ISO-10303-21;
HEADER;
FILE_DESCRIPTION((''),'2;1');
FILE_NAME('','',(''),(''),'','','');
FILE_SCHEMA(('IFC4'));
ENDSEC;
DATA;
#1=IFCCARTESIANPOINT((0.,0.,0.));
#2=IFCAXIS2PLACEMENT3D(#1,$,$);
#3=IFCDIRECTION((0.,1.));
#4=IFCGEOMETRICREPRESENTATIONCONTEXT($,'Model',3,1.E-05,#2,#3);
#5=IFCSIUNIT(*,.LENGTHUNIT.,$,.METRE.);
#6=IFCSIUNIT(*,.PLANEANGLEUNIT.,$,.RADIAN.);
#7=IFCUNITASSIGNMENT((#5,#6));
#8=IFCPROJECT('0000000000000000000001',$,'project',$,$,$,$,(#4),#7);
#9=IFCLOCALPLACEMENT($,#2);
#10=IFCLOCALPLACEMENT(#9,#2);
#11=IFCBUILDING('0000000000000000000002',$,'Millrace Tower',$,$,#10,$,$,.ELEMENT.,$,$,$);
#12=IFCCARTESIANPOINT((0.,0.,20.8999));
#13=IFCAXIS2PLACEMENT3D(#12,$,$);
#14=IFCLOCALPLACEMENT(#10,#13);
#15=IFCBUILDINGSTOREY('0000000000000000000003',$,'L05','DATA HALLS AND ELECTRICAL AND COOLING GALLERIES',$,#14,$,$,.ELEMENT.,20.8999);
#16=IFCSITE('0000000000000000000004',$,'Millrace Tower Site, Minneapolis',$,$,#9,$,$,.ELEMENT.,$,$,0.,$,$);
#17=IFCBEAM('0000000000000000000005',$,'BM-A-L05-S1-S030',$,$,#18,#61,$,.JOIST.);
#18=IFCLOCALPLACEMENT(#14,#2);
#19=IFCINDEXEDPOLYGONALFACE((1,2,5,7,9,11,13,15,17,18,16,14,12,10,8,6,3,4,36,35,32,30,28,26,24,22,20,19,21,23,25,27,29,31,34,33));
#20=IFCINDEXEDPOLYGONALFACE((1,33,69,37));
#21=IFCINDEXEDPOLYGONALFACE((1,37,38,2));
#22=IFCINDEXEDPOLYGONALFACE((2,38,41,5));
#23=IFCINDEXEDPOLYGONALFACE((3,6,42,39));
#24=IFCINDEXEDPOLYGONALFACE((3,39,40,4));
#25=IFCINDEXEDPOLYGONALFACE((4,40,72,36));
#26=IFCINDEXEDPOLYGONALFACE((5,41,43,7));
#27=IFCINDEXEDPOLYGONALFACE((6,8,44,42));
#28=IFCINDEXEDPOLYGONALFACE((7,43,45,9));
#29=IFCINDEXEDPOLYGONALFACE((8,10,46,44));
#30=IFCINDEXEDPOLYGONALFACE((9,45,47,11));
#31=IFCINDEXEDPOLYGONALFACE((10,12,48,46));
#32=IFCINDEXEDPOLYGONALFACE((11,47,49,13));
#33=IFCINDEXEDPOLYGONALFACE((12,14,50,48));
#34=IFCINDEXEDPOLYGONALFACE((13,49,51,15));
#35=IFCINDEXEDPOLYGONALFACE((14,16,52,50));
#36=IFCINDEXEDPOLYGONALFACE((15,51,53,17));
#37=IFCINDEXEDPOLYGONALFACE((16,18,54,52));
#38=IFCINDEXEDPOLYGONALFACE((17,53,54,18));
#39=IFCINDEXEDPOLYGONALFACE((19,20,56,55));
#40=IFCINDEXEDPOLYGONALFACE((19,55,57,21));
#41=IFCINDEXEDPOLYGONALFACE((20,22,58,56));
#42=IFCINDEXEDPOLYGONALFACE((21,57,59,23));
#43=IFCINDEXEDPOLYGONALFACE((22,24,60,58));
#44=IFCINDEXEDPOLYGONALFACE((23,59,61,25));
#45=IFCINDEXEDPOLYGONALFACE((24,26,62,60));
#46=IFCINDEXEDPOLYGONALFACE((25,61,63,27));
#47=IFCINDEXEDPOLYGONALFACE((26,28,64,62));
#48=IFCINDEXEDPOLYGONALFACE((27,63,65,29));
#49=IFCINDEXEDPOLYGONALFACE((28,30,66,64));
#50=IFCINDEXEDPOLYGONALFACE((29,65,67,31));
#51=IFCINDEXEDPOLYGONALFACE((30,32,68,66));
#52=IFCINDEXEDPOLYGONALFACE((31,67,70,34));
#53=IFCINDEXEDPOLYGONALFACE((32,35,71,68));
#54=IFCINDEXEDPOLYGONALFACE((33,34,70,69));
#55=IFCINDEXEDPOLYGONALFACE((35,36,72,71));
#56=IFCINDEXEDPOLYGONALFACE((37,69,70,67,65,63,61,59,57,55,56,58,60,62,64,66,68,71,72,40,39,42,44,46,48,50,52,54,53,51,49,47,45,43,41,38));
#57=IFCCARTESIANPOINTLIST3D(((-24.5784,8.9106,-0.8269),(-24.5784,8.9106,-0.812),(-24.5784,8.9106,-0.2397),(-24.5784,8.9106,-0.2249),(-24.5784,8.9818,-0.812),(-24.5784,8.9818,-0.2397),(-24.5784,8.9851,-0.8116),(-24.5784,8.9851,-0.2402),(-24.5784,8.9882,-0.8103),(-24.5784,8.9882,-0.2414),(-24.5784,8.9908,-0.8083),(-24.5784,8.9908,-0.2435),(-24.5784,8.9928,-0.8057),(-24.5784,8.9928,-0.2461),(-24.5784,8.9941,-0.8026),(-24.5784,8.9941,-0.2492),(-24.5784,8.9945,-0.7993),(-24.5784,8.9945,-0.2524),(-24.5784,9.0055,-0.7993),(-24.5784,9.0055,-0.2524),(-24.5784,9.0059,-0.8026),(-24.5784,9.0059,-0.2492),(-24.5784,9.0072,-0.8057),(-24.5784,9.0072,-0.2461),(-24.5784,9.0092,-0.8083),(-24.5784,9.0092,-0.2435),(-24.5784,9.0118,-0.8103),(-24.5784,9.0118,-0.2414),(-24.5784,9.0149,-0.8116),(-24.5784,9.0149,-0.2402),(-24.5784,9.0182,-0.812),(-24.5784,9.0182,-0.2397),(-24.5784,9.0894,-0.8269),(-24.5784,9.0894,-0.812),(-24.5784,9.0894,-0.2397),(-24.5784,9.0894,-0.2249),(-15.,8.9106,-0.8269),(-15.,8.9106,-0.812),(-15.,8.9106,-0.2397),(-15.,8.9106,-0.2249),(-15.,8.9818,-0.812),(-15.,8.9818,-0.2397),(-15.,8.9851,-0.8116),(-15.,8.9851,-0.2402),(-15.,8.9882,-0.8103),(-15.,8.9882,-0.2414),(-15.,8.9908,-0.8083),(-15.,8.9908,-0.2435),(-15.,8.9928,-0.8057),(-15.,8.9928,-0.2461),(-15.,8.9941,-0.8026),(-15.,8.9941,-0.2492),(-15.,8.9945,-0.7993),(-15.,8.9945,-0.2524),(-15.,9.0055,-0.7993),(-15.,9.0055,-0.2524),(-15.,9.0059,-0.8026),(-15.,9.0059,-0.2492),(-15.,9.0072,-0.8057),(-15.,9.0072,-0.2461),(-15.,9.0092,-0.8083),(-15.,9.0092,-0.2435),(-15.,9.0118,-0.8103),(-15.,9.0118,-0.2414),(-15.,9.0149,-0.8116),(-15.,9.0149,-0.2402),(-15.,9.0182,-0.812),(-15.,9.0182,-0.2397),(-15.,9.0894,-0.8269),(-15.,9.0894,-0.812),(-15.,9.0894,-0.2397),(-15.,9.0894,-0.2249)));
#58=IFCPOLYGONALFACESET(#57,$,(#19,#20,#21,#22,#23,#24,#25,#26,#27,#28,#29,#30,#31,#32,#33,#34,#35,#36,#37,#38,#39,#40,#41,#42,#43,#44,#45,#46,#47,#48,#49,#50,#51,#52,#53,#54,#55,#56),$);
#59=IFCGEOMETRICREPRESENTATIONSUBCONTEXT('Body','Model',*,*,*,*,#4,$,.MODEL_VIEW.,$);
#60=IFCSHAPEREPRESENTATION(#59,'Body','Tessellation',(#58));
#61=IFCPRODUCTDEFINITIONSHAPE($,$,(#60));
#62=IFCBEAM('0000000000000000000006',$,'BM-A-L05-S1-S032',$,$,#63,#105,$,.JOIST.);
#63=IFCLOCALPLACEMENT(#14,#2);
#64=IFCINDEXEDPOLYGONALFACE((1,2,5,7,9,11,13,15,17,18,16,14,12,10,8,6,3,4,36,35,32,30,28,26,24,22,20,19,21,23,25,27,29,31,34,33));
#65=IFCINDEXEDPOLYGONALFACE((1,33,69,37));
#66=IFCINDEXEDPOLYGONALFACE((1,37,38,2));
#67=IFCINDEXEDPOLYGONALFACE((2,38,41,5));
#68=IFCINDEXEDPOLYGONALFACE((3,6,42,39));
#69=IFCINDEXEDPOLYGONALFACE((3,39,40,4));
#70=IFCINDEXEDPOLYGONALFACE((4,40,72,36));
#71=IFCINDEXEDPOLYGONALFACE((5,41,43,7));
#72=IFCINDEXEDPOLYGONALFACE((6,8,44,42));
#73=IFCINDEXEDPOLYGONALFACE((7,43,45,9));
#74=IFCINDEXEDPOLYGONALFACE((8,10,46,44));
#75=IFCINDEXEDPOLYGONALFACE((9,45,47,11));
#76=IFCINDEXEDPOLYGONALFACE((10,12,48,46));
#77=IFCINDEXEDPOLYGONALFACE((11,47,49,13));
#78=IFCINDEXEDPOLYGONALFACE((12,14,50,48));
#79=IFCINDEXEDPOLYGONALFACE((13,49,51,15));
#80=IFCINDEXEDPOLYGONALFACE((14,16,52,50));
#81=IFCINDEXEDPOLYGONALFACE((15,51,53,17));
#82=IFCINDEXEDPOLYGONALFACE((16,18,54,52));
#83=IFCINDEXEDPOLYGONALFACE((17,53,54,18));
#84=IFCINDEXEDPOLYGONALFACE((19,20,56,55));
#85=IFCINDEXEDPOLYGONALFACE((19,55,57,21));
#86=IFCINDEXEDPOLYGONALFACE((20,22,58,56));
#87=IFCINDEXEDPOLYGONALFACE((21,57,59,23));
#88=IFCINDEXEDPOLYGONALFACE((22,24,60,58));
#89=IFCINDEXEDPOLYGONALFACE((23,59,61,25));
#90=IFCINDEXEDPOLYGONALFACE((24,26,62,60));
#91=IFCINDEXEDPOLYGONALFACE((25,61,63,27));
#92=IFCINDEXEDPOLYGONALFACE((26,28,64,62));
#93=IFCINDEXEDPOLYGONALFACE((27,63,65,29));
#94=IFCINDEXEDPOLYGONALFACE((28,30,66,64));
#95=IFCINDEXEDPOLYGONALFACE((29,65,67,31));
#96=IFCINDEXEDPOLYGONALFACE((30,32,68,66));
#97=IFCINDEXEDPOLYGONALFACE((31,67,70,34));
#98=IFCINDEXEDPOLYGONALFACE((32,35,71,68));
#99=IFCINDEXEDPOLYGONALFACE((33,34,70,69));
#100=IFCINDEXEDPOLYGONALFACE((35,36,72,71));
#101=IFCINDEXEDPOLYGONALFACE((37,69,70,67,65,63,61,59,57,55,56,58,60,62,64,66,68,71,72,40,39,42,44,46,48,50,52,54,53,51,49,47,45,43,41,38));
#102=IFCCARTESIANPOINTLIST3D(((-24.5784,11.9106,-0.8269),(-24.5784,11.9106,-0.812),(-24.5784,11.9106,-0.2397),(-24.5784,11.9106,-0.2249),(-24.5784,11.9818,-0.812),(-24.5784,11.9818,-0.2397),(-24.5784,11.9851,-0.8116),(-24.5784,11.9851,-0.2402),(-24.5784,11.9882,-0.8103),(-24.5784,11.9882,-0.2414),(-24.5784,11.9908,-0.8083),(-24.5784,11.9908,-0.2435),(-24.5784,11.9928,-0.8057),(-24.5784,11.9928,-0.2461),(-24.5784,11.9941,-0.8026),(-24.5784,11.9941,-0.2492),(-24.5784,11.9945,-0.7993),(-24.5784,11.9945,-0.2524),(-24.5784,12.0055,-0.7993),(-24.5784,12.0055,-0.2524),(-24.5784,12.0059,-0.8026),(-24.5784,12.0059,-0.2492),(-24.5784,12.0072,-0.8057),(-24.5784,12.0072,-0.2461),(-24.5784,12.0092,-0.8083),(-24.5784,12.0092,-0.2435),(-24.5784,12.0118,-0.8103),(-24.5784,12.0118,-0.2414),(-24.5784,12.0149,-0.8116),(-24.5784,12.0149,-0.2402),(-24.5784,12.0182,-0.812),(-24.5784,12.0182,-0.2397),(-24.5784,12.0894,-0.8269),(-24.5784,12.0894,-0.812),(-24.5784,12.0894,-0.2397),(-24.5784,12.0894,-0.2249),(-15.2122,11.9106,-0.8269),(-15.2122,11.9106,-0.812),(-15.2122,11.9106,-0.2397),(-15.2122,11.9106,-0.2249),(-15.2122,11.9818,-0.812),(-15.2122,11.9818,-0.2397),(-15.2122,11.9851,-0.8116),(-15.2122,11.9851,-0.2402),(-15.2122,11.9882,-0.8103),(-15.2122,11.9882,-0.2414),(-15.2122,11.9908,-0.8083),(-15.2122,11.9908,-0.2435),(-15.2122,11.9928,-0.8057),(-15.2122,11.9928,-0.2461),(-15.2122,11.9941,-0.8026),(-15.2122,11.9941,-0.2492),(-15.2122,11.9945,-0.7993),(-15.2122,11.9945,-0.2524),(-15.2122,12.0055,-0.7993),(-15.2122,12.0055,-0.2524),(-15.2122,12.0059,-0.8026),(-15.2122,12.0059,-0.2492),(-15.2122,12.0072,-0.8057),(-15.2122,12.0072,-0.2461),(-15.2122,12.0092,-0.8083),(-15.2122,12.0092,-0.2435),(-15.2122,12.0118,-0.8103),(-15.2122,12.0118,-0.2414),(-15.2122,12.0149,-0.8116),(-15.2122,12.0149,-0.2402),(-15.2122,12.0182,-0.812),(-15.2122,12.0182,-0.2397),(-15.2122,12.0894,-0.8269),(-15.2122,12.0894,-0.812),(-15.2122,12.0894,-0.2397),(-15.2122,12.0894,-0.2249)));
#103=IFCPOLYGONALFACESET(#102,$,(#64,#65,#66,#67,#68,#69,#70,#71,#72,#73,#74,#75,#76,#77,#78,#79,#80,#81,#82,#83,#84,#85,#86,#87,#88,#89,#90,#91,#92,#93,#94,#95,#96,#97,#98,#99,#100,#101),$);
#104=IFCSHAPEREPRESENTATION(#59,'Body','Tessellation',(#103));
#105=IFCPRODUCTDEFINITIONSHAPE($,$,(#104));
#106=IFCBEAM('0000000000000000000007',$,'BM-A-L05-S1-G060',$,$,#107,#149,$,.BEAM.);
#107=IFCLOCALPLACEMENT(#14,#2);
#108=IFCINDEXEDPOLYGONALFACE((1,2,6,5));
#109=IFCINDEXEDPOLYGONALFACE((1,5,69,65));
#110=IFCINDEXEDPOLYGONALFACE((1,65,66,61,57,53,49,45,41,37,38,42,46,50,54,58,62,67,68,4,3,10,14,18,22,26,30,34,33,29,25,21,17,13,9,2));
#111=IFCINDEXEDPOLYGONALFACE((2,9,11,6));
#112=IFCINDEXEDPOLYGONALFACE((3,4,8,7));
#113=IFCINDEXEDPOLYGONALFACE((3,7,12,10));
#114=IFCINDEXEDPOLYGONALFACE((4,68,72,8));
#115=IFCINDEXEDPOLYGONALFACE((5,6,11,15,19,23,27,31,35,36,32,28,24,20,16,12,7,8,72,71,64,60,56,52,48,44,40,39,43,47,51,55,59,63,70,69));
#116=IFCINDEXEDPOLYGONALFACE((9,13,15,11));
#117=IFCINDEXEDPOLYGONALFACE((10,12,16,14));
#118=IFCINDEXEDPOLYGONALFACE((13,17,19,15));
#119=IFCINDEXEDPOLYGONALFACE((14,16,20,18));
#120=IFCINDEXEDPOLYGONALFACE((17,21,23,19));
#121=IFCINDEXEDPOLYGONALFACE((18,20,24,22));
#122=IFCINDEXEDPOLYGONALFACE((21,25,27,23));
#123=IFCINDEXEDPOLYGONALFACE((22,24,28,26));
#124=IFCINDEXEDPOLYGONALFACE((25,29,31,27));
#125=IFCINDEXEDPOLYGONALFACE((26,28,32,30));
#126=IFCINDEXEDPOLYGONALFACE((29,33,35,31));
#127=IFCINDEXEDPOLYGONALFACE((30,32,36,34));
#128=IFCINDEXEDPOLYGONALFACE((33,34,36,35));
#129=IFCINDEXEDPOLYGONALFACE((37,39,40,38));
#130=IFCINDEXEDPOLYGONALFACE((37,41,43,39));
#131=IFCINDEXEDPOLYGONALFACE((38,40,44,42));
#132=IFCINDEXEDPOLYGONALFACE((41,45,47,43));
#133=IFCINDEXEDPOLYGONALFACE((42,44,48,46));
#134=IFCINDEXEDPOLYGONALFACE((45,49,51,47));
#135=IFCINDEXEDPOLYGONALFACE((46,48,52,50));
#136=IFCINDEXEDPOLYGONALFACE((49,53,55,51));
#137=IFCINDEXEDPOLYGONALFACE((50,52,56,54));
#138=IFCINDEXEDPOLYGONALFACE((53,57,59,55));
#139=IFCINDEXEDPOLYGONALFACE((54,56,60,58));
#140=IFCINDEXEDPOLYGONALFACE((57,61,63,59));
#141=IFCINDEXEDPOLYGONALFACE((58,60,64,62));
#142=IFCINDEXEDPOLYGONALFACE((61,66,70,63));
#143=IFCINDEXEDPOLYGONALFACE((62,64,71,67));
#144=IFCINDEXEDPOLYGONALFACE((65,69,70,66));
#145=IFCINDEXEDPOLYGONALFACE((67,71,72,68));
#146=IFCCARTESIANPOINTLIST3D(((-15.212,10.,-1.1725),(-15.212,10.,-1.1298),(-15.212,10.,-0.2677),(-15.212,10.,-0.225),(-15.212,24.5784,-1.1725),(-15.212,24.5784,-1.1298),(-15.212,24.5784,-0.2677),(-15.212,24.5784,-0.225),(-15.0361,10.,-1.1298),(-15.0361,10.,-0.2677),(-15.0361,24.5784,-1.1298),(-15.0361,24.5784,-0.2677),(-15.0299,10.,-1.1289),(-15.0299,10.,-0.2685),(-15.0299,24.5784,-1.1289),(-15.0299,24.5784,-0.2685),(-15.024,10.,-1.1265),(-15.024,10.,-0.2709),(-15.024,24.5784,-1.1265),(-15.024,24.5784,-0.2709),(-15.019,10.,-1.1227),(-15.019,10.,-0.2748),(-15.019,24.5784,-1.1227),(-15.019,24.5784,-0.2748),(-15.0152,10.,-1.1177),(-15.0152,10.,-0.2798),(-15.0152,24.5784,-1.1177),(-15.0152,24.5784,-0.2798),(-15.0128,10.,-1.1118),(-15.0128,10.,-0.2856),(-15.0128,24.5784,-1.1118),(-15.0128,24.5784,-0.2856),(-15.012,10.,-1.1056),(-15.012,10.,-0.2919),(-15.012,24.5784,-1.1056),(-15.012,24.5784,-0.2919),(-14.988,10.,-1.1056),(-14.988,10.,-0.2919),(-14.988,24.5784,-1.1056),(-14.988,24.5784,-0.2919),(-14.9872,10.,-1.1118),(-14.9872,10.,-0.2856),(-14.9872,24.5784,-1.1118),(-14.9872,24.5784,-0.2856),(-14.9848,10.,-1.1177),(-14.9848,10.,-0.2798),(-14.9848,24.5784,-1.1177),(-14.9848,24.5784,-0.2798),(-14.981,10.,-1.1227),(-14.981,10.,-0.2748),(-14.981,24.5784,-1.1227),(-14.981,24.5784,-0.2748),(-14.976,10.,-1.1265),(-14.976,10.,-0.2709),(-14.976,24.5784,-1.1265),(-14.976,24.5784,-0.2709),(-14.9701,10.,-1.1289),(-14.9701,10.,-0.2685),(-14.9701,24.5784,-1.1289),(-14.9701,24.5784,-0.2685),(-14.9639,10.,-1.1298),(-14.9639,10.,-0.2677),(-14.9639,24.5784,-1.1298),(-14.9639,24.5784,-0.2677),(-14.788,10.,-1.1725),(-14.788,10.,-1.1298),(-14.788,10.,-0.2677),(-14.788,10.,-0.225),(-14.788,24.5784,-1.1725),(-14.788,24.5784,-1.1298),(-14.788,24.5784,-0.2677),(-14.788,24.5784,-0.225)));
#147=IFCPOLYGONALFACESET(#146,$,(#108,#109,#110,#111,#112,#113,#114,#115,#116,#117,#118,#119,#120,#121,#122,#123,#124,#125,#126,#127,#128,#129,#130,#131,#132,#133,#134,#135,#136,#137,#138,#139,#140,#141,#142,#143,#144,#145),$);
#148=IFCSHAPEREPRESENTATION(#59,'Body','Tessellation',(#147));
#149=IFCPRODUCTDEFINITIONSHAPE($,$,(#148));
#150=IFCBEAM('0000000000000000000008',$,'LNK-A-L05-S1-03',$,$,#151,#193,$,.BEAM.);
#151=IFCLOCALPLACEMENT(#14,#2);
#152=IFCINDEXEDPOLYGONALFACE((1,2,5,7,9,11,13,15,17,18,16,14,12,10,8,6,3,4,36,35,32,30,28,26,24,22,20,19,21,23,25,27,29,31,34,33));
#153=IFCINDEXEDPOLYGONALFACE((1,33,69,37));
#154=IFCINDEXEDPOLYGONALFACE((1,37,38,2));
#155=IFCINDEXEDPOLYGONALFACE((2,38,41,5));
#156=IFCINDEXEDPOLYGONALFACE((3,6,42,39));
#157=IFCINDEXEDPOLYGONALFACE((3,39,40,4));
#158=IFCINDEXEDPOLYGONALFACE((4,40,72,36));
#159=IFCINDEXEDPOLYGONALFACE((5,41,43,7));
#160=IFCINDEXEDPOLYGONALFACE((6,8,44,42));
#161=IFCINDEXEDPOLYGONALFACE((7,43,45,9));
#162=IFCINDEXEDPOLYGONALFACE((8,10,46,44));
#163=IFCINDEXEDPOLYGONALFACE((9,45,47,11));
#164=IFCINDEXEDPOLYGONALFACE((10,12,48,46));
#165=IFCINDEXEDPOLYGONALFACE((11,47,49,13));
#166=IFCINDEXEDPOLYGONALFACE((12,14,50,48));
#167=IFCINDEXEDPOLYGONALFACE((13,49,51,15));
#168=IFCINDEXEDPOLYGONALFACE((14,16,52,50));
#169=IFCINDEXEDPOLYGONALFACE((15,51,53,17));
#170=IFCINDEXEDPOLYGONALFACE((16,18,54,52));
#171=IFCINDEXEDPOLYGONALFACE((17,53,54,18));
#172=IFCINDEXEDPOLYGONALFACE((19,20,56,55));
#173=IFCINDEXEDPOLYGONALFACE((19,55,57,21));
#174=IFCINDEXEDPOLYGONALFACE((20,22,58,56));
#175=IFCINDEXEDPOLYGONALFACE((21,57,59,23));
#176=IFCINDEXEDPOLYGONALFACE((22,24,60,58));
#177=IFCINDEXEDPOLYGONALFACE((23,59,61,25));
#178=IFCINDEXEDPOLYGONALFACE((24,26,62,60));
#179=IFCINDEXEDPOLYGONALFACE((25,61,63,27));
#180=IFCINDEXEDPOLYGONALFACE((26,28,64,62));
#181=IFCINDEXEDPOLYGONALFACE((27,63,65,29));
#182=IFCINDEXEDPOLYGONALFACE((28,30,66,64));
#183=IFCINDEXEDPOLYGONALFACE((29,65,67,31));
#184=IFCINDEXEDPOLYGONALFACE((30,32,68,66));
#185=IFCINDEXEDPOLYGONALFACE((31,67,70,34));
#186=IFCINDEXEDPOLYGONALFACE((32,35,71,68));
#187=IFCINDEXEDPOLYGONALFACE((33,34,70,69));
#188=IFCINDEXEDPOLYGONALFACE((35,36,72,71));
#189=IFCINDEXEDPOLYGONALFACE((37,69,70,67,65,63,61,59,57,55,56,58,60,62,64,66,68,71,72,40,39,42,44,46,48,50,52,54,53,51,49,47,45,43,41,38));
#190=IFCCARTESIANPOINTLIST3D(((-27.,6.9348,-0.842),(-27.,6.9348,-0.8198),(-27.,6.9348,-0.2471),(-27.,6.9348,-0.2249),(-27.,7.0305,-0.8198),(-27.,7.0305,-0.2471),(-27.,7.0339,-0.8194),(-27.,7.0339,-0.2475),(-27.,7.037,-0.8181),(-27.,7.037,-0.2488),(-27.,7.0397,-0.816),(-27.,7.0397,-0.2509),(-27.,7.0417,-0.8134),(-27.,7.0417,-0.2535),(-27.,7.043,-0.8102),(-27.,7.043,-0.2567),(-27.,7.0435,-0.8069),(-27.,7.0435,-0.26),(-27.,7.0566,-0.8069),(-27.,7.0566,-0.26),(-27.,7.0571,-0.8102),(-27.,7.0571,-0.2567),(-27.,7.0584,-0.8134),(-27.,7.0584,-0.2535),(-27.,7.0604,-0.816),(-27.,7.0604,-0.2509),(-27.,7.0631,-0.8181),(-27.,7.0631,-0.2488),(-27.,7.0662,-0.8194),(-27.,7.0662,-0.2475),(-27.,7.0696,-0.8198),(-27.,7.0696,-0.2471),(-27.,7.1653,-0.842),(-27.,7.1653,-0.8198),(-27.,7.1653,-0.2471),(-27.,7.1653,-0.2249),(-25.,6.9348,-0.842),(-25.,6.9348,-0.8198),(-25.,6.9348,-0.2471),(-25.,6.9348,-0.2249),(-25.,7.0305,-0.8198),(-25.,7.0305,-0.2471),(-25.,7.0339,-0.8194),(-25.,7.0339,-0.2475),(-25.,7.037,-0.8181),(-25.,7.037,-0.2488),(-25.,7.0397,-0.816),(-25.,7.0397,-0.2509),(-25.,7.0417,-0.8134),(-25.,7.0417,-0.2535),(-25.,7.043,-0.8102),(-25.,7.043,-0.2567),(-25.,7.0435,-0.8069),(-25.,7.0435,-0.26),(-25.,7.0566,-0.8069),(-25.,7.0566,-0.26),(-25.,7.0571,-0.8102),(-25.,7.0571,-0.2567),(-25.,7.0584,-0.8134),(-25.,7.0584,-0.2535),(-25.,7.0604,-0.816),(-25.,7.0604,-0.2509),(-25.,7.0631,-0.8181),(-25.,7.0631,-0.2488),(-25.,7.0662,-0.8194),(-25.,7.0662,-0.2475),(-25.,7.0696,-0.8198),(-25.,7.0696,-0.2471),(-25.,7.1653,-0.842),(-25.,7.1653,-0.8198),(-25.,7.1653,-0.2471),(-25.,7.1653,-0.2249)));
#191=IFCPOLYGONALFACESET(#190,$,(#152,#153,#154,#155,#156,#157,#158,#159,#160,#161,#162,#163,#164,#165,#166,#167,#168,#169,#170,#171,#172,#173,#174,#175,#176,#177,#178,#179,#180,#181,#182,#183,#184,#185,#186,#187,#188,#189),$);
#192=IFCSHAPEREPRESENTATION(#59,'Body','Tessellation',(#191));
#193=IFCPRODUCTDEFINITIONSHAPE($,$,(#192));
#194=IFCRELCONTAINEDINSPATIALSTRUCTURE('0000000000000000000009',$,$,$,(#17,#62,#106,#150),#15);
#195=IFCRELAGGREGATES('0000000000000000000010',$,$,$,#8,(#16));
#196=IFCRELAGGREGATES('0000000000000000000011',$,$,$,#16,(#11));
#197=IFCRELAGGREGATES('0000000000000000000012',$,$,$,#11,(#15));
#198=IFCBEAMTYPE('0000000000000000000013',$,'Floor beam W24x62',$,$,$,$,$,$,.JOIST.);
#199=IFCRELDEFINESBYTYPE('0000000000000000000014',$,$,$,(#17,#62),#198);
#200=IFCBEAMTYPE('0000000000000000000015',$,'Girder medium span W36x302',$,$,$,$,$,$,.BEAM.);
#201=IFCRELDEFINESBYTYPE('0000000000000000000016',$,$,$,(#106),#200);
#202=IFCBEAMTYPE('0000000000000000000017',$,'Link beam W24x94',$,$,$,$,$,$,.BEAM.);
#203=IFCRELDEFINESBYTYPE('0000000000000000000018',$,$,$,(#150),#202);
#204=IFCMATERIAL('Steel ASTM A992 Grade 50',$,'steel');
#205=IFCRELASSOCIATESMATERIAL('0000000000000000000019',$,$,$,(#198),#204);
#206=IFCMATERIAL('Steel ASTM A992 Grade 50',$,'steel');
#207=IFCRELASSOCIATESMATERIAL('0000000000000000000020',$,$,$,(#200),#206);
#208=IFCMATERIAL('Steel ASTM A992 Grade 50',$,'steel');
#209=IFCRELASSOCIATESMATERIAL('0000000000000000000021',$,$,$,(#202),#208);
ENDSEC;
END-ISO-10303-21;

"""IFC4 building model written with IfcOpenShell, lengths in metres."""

from ifc_helpers import new_model, si_unit, direction, frame, origin, origin_2d, place, context, subcontext, project, spatial, i_section, extrude, material, material_profile, profile_set, type_object, element, save


model = new_model("IFC4")

# Units and contexts
model_context = context("Model", 3, precision=1e-05, world=origin(), true_north=direction((0.0, 1.0)))
body_context = subcontext(model_context, "Body", "Model", "MODEL_VIEW")
ifc_project = project(units=[si_unit("LENGTHUNIT", "METRE"), si_unit("PLANEANGLEUNIT", "RADIAN")], contexts=[model_context])

# Site, building, storey
site_placement = place(None, origin())
site = spatial("IfcSite", under=ifc_project, at=site_placement, Name="Millrace Tower Site, Minneapolis", CompositionType="ELEMENT", RefElevation=0.0)
building_placement = place(site_placement, origin())
building = spatial("IfcBuilding", under=site, at=building_placement, Name="Millrace Tower", CompositionType="ELEMENT")
storey_placement = place(building_placement, frame((0.0, 0.0, 20.8999)))
storey = spatial("IfcBuildingStorey", under=building, at=storey_placement, Name="L05", Description="DATA HALLS AND ELECTRICAL AND COOLING GALLERIES", CompositionType="ELEMENT", Elevation=20.8999)

# Beams
ifc_material_1 = material(Name="Steel ASTM A992 Grade 50", Category="steel")
ifc_material_profile_1 = material_profile(ifc_material_1, i_section(OverallWidth=0.1787, OverallDepth=0.6021, WebThickness=0.011, FlangeThickness=0.0149, FilletRadius=0.0127, at=origin_2d()))
ifc_profile_set_1 = profile_set([ifc_material_profile_1], Name="Steel ASTM A992 Grade 50")
beam_type_1 = type_object("IfcBeamType", Name="Floor beam W24x62", PredefinedType="JOIST", material=ifc_profile_set_1)
for number, where, z_axis, x_axis, name in (
    (1, (-24.5784, 9.0, -0.5259), (1.0, 0.0, 0.0), (0.0, 1.0, 0.0), "BM-A-L05-S1-S030"),
):
    element("IfcBeam", number, at=place(storey_placement, frame(where, z_axis=z_axis, x_axis=x_axis)), inside=storey, type_object=beam_type_1, Name=name, PredefinedType="JOIST", context=body_context, shape_type="SweptSolid", body=[
        extrude(i_section(OverallWidth=0.1787, OverallDepth=0.6021, WebThickness=0.011, FlangeThickness=0.0149, FilletRadius=0.0127, at=origin_2d()), origin(), (0.0, 0.0, 1.0), 9.5784),
    ])
beam_1_placement = place(storey_placement, frame((-24.5784, 12.0, -0.5259), z_axis=(1.0, 0.0, 0.0), x_axis=(0.0, 1.0, 0.0)))
element("IfcBeam", 2, at=beam_1_placement, inside=storey, type_object=beam_type_1, Name="BM-A-L05-S1-S032", PredefinedType="JOIST", context=body_context, shape_type="SweptSolid", body=[
    extrude(i_section(OverallWidth=0.1787, OverallDepth=0.6021, WebThickness=0.011, FlangeThickness=0.0149, FilletRadius=0.0127, at=origin_2d()), origin(), (0.0, 0.0, 1.0), 9.3662),
])
ifc_material_2 = material(Name="Steel ASTM A992 Grade 50", Category="steel")
ifc_material_profile_2 = material_profile(ifc_material_2, i_section(OverallWidth=0.4241, OverallDepth=0.9475, WebThickness=0.0239, FlangeThickness=0.0427, FilletRadius=0.0242, at=origin_2d()))
ifc_profile_set_2 = profile_set([ifc_material_profile_2], Name="Steel ASTM A992 Grade 50")
beam_type_2 = type_object("IfcBeamType", Name="Girder medium span W36x302", PredefinedType="BEAM", material=ifc_profile_set_2)
beam_2_placement = place(storey_placement, frame((-15.0, 10.0, -0.6987), z_axis=(0.0, 1.0, 0.0), x_axis=(-1.0, 0.0, 0.0)))
element("IfcBeam", 3, at=beam_2_placement, inside=storey, type_object=beam_type_2, Name="BM-A-L05-S1-G060", PredefinedType="BEAM", context=body_context, shape_type="SweptSolid", body=[
    extrude(i_section(OverallWidth=0.4241, OverallDepth=0.9475, WebThickness=0.0239, FlangeThickness=0.0427, FilletRadius=0.0242, at=origin_2d()), origin(), (0.0, 0.0, 1.0), 14.5784),
])
ifc_material_3 = material(Name="Steel ASTM A992 Grade 50", Category="steel")
ifc_material_profile_3 = material_profile(ifc_material_3, i_section(OverallWidth=0.2305, OverallDepth=0.6172, WebThickness=0.0132, FlangeThickness=0.0222, FilletRadius=0.0129, at=origin_2d()))
ifc_profile_set_3 = profile_set([ifc_material_profile_3], Name="Steel ASTM A992 Grade 50")
beam_type_3 = type_object("IfcBeamType", Name="Link beam W24x94", PredefinedType="BEAM", material=ifc_profile_set_3)
beam_3_placement = place(storey_placement, frame((-25.0, 7.05, -0.5334), z_axis=(-1.0, 0.0, 0.0), x_axis=(0.0, -1.0, 0.0)))
element("IfcBeam", 4, at=beam_3_placement, inside=storey, type_object=beam_type_3, Name="LNK-A-L05-S1-03", PredefinedType="BEAM", context=body_context, shape_type="SweptSolid", body=[
    extrude(i_section(OverallWidth=0.2305, OverallDepth=0.6172, WebThickness=0.0132, FlangeThickness=0.0222, FilletRadius=0.0129, at=origin_2d()), origin(), (0.0, 0.0, 1.0), 2.0),
])

save(model, "model.ifc")
